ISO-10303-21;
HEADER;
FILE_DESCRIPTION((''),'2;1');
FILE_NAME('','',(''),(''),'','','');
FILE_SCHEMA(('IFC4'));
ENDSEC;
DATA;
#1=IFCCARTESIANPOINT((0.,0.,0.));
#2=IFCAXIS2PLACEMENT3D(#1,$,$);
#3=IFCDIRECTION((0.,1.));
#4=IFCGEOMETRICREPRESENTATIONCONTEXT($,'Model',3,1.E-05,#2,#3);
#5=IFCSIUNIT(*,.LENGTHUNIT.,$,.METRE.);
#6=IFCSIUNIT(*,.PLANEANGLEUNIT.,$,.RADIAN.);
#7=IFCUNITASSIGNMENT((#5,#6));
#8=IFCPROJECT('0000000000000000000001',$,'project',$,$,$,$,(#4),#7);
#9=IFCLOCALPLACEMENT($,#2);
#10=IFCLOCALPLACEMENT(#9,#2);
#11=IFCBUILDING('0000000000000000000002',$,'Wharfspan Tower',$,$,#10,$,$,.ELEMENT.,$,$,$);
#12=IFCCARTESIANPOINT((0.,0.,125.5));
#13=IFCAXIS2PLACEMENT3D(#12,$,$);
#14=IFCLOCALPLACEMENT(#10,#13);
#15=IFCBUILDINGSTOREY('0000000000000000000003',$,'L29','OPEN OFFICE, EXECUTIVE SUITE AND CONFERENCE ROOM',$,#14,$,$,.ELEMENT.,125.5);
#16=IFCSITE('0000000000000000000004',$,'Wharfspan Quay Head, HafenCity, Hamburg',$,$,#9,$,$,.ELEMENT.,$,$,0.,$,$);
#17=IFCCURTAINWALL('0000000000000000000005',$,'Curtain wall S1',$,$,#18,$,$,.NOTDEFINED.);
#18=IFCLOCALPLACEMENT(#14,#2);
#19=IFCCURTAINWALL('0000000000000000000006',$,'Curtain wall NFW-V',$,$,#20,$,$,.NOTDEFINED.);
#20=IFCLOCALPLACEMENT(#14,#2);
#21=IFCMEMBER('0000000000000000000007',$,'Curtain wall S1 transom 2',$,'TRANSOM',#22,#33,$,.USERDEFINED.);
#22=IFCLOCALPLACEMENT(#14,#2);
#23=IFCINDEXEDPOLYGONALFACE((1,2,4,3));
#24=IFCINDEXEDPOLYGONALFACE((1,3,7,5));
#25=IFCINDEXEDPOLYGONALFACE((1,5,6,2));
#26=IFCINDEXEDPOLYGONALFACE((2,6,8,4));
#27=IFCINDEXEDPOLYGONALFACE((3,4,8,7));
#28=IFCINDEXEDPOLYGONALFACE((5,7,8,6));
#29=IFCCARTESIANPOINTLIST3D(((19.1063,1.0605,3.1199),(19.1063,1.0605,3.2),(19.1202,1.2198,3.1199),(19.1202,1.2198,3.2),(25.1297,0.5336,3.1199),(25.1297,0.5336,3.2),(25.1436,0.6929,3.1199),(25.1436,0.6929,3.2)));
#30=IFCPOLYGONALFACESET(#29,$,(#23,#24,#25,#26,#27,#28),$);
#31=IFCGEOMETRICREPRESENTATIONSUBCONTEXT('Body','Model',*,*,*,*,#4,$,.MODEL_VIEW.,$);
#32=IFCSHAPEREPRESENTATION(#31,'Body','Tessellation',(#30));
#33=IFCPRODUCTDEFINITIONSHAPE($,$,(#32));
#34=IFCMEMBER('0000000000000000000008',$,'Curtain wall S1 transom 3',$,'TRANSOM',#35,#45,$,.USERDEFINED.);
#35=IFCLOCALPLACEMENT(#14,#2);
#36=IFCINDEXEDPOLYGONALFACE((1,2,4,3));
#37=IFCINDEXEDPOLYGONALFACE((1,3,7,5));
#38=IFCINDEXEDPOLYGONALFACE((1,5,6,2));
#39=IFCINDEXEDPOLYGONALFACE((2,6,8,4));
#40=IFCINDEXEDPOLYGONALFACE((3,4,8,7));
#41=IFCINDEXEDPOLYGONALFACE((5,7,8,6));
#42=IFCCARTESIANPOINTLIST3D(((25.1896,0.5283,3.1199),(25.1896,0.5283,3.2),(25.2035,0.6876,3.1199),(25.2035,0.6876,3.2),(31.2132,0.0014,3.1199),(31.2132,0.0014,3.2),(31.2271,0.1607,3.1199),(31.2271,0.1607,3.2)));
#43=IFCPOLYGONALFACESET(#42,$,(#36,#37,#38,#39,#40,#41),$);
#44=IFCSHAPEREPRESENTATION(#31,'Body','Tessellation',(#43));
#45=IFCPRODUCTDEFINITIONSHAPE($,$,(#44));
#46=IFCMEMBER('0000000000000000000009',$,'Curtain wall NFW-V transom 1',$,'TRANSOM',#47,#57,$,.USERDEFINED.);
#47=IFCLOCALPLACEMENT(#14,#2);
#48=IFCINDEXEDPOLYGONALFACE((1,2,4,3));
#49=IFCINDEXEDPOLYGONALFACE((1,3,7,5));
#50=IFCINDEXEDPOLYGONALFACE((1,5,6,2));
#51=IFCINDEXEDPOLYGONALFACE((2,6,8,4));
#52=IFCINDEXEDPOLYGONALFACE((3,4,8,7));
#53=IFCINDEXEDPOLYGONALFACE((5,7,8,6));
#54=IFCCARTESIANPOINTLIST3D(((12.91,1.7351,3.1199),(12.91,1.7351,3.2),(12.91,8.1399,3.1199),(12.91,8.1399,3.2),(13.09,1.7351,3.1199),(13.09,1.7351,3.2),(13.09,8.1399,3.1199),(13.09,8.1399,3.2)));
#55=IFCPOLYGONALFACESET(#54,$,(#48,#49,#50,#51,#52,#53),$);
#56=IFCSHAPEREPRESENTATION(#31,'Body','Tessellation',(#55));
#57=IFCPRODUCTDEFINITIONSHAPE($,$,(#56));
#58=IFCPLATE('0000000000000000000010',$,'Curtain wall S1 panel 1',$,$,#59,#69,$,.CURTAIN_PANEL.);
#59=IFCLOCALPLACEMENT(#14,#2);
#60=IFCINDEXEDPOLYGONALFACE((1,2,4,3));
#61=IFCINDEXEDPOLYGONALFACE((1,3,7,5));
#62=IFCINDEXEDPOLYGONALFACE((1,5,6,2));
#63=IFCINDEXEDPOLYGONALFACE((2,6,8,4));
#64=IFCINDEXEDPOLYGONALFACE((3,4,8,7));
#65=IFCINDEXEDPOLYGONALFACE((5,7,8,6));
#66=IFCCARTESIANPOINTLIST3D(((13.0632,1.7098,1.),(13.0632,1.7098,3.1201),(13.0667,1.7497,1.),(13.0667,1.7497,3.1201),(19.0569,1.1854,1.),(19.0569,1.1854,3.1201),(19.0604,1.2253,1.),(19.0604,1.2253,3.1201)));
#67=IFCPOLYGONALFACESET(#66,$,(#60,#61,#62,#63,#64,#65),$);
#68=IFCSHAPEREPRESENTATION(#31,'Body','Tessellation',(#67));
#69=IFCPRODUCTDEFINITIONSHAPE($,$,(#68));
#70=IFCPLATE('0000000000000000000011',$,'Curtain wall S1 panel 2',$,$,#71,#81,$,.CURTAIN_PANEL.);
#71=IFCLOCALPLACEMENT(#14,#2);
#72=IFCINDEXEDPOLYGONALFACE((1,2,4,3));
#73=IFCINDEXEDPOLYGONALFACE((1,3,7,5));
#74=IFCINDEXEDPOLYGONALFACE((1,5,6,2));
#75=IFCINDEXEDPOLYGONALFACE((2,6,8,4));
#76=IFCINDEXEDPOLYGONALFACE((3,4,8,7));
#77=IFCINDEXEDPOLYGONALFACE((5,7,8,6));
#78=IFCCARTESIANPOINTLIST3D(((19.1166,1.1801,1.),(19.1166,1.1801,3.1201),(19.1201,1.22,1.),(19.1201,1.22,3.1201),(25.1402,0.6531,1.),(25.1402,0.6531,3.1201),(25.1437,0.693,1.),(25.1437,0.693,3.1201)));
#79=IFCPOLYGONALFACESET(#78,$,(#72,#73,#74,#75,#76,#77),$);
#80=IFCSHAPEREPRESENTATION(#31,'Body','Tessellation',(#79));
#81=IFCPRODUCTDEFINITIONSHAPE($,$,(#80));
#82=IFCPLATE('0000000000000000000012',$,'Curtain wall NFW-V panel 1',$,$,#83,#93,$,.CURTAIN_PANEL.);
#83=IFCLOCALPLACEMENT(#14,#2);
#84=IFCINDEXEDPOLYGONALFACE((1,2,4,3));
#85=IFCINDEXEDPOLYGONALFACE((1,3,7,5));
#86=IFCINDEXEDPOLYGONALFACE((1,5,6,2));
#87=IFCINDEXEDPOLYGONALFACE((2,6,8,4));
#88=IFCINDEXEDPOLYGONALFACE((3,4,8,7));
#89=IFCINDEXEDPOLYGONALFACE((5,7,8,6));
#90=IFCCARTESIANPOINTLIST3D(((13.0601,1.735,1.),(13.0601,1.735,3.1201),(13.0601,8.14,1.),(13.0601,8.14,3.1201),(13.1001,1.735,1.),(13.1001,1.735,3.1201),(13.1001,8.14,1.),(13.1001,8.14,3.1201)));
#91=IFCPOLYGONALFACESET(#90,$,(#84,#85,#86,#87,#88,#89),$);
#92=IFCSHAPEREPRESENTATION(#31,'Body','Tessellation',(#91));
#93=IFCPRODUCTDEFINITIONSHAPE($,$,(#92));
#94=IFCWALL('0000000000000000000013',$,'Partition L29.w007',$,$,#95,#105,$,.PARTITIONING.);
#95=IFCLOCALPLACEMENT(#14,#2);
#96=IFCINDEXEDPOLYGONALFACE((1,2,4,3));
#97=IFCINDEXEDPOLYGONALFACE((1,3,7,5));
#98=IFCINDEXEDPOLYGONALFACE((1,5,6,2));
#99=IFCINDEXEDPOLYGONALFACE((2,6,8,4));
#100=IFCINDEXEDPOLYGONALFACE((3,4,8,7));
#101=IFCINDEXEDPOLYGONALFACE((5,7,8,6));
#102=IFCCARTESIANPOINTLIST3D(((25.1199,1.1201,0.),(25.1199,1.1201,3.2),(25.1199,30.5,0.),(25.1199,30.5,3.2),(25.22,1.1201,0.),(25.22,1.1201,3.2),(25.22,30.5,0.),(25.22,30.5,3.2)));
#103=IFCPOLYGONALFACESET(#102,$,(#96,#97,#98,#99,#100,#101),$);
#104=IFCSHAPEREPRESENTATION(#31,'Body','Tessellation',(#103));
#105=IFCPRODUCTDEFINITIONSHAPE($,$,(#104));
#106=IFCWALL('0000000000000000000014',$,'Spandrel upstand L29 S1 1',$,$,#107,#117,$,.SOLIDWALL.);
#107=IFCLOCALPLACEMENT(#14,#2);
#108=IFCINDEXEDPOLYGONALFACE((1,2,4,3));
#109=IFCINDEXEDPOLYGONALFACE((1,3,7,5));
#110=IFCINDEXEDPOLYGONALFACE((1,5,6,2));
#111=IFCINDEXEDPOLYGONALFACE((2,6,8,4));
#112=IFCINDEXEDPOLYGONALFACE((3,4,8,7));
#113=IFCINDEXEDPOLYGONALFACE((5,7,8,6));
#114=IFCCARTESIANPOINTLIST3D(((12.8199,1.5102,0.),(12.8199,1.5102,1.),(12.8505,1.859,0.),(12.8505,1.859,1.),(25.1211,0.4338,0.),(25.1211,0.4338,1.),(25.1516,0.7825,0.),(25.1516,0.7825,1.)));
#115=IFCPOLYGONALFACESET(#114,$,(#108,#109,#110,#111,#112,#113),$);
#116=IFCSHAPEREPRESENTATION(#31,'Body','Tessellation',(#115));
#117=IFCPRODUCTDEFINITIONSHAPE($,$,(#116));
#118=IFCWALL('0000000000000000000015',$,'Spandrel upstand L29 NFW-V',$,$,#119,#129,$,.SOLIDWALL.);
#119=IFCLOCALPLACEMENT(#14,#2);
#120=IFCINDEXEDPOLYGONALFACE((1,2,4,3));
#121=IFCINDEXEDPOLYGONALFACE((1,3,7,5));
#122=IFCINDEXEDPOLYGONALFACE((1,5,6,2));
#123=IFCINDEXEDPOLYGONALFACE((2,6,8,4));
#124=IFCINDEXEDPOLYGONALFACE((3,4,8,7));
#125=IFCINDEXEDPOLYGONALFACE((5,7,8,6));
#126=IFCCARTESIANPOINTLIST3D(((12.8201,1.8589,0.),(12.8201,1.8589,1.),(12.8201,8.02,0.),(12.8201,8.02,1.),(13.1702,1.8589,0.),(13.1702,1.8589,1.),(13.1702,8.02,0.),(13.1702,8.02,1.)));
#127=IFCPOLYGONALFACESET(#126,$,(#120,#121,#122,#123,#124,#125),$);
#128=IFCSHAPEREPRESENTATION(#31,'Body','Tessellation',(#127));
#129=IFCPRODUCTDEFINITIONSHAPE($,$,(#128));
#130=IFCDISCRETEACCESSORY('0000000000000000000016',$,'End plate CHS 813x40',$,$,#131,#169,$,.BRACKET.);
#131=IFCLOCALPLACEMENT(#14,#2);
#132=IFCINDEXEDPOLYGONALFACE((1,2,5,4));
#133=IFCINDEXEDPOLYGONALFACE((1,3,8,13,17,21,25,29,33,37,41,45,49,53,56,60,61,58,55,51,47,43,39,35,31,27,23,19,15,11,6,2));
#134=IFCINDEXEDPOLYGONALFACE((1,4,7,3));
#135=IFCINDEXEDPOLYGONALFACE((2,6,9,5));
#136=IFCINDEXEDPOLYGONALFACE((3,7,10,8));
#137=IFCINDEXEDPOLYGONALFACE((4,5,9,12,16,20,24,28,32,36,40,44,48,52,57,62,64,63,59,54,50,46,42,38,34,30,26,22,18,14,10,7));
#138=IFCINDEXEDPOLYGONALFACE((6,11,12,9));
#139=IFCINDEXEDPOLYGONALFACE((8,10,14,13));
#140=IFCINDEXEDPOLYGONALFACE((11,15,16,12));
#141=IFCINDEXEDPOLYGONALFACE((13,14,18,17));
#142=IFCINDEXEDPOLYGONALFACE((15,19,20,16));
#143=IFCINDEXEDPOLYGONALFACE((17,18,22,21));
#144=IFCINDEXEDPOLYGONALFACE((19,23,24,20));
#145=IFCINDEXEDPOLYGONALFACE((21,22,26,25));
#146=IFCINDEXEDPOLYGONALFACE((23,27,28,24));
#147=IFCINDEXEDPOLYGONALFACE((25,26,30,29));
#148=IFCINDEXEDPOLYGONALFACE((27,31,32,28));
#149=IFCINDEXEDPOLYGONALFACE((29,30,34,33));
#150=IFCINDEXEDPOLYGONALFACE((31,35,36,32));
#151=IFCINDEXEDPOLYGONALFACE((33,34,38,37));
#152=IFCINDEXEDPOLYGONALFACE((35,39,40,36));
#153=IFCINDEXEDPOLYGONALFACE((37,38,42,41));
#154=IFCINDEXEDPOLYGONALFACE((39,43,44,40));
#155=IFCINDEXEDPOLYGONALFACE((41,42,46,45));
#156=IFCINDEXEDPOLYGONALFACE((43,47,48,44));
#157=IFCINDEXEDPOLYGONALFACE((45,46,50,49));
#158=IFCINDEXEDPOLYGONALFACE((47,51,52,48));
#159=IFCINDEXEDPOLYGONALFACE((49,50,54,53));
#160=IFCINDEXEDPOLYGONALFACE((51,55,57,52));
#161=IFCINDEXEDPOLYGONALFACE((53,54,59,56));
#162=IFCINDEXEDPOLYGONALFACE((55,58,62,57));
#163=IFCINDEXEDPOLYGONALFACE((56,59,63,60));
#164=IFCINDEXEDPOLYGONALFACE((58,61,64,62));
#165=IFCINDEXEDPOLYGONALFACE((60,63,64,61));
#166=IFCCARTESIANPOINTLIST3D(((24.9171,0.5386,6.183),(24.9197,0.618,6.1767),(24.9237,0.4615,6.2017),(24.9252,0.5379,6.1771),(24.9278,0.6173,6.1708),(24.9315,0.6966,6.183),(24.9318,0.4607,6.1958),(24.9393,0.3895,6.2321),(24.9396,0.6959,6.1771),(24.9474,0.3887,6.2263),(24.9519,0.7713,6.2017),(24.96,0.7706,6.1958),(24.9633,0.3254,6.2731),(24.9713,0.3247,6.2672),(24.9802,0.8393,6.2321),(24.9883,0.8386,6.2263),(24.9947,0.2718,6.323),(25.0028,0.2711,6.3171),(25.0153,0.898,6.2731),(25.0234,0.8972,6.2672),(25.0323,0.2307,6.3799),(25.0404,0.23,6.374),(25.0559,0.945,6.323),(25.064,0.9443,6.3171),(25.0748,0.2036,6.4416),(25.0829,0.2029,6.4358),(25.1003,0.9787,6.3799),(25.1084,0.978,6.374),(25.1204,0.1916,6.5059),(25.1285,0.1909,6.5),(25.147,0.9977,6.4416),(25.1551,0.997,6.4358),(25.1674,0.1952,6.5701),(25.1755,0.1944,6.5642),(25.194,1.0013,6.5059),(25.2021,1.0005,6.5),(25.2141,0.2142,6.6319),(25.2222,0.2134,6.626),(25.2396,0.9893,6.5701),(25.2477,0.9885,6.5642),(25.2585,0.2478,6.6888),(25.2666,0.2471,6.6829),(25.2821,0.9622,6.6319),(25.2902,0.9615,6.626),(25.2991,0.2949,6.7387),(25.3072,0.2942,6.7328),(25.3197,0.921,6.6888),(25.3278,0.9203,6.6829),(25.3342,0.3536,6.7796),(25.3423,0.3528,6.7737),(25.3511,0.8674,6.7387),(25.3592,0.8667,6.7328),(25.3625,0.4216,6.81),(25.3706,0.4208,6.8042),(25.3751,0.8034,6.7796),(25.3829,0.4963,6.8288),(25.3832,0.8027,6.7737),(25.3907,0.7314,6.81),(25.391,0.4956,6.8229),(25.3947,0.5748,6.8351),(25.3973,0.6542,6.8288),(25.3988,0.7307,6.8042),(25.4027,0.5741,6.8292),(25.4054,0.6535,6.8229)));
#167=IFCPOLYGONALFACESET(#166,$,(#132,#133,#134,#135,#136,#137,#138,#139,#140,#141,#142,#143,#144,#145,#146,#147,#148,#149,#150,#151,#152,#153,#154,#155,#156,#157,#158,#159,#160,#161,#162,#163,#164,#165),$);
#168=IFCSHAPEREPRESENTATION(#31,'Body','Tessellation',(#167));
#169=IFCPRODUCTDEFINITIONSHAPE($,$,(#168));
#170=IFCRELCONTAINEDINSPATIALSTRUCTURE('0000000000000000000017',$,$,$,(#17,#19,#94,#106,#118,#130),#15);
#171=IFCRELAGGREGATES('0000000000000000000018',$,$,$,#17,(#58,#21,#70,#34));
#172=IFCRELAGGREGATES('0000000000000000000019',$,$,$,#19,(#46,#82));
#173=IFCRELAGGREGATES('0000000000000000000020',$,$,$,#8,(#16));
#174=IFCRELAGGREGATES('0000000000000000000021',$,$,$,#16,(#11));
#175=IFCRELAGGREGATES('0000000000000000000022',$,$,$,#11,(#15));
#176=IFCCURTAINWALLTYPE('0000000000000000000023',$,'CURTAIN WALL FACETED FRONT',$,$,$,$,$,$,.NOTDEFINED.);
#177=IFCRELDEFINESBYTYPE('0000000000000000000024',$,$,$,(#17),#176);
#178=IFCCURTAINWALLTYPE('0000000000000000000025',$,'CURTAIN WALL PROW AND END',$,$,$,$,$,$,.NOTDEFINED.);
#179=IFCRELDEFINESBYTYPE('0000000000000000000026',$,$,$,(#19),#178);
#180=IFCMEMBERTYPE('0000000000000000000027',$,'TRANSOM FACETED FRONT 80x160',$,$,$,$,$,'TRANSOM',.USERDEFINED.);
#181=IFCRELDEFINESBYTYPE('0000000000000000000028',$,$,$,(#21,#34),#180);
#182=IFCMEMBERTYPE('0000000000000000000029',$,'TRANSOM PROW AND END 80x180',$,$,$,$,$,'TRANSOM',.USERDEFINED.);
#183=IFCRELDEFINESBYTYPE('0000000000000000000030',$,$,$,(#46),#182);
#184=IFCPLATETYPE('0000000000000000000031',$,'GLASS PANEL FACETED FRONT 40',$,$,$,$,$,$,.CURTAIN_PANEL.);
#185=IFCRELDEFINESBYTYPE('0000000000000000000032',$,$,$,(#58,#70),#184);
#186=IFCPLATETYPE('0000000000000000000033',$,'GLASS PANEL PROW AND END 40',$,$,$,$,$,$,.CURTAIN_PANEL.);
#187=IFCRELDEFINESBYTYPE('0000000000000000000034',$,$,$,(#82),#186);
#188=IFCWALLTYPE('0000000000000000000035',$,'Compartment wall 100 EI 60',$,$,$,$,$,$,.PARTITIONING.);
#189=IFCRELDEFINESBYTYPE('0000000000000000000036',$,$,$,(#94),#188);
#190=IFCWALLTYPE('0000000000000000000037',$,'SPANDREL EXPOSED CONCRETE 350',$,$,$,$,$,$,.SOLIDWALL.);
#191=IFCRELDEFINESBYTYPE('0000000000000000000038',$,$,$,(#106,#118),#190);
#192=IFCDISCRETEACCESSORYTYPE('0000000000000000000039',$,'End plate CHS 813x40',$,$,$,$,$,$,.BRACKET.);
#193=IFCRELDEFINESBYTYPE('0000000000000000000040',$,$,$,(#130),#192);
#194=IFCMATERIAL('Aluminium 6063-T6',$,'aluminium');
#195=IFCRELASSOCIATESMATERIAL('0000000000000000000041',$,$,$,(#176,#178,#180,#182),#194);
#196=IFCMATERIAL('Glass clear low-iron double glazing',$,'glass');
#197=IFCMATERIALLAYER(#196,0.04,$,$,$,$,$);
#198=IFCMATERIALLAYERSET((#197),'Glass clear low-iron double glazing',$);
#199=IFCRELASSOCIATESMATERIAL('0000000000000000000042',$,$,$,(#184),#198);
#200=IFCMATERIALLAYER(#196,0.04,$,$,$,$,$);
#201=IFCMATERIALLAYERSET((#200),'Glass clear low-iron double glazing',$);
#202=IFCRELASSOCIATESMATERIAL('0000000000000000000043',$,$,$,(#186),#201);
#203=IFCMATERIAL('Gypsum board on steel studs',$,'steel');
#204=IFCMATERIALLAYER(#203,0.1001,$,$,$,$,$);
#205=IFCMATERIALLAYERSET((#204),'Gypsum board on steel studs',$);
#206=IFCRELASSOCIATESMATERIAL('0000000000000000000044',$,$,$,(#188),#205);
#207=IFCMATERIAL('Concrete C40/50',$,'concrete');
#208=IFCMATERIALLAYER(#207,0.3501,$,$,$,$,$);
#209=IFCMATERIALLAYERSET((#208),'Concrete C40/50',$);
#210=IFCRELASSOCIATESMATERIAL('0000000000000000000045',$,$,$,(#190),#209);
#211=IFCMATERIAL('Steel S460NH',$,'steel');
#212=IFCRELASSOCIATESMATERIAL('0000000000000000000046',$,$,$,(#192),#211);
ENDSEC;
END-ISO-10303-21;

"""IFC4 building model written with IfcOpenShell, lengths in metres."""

from ifc_helpers import new_model, si_unit, direction, frame, frame_2d, origin, origin_2d, place, context, subcontext, project, spatial, rectangle, circle, extrude, material, layer, layer_set, material_profile, profile_set, type_object, element, aggregate, save


model = new_model("IFC4")

# Units and contexts
model_context = context("Model", 3, precision=1e-05, world=origin(), true_north=direction((0.0, 1.0)))
body_context = subcontext(model_context, "Body", "Model", "MODEL_VIEW")
ifc_project = project(units=[si_unit("LENGTHUNIT", "METRE"), si_unit("PLANEANGLEUNIT", "RADIAN")], contexts=[model_context])

# Site, building, storey
site_placement = place(None, origin())
site = spatial("IfcSite", under=ifc_project, at=site_placement, Name="Wharfspan Quay Head, HafenCity, Hamburg", CompositionType="ELEMENT", RefElevation=0.0)
building_placement = place(site_placement, origin())
building = spatial("IfcBuilding", under=site, at=building_placement, Name="Wharfspan Tower", CompositionType="ELEMENT")
storey_placement = place(building_placement, frame((0.0, 0.0, 125.5)))
storey = spatial("IfcBuildingStorey", under=building, at=storey_placement, Name="L29", Description="OPEN OFFICE, EXECUTIVE SUITE AND CONFERENCE ROOM", CompositionType="ELEMENT", Elevation=125.5)

# Curtain wall
ifc_material_1 = material(Name="Aluminium 6063-T6", Category="aluminium")
curtain_wall_type_1 = type_object("IfcCurtainWallType", Name="CURTAIN WALL FACETED FRONT", PredefinedType="NOTDEFINED", material=ifc_material_1)
curtain_wall_1_placement = place(storey_placement, origin())
curtain_wall_1 = element("IfcCurtainWall", 1, at=curtain_wall_1_placement, inside=storey, type_object=curtain_wall_type_1, Name="Curtain wall S1", PredefinedType="NOTDEFINED")

# Shared definitions
curtain_wall_type_2 = type_object("IfcCurtainWallType", Name="CURTAIN WALL PROW AND END", PredefinedType="NOTDEFINED", material=ifc_material_1)

# Curtain wall
curtain_wall_2_placement = place(storey_placement, origin())
curtain_wall_2 = element("IfcCurtainWall", 2, at=curtain_wall_2_placement, inside=storey, type_object=curtain_wall_type_2, Name="Curtain wall NFW-V", PredefinedType="NOTDEFINED")

# Members
ifc_material_profile_1 = material_profile(ifc_material_1, rectangle(XDim=0.1599, YDim=0.0801, at=origin_2d()))
ifc_profile_set_1 = profile_set([ifc_material_profile_1], Name="Aluminium 6063-T6")
member_type_1 = type_object("IfcMemberType", Name="TRANSOM FACETED FRONT 80x160", ElementType="TRANSOM", PredefinedType="USERDEFINED", material=ifc_profile_set_1)
member_1_placement = place(storey_placement, frame((19.1133, 1.1401, 3.1599), z_axis=(0.996197, -0.087135, 0.0), x_axis=(0.087135, 0.996197, 0.0)))
member_1 = element("IfcMember", 3, at=member_1_placement, type_object=member_type_1, Name="Curtain wall S1 transom 2", ObjectType="TRANSOM", PredefinedType="USERDEFINED", context=body_context, shape_type="SweptSolid", body=[
    extrude(rectangle(XDim=0.1599, YDim=0.0801, at=origin_2d()), origin(), (0.0, 0.0, 1.0), 6.0464),
])
member_2_placement = place(storey_placement, frame((25.1965, 0.6079, 3.1599), z_axis=(0.996197, -0.087131, 0.0), x_axis=(0.087131, 0.996197, 0.0)))
member_2 = element("IfcMember", 4, at=member_2_placement, type_object=member_type_1, Name="Curtain wall S1 transom 3", ObjectType="TRANSOM", PredefinedType="USERDEFINED", context=body_context, shape_type="SweptSolid", body=[
    extrude(rectangle(XDim=0.1599, YDim=0.0801, at=origin_2d()), origin(), (0.0, 0.0, 1.0), 6.0466),
])
ifc_material_profile_2 = material_profile(ifc_material_1, rectangle(XDim=0.1799, YDim=0.0801, at=origin_2d()))
ifc_profile_set_2 = profile_set([ifc_material_profile_2], Name="Aluminium 6063-T6")
member_type_2 = type_object("IfcMemberType", Name="TRANSOM PROW AND END 80x180", ElementType="TRANSOM", PredefinedType="USERDEFINED", material=ifc_profile_set_2)
member_3_placement = place(storey_placement, frame((13.0, 8.1399, 3.1599), z_axis=(0.0, -1.0, 0.0), x_axis=(1.0, 0.0, 0.0)))
member_3 = element("IfcMember", 5, at=member_3_placement, type_object=member_type_2, Name="Curtain wall NFW-V transom 1", ObjectType="TRANSOM", PredefinedType="USERDEFINED", context=body_context, shape_type="SweptSolid", body=[
    extrude(rectangle(XDim=0.1799, YDim=0.0801, at=origin_2d()), origin(), (0.0, 0.0, 1.0), 6.4048),
])

# Plates
ifc_material_2 = material(Name="Glass clear low-iron double glazing", Category="glass")
ifc_layer_1 = layer(ifc_material_2, 0.04)
ifc_layer_set_1 = layer_set([ifc_layer_1], Name="Glass clear low-iron double glazing")
plate_type_1 = type_object("IfcPlateType", Name="GLASS PANEL FACETED FRONT 40", PredefinedType="CURTAIN_PANEL", material=ifc_layer_set_1)
plate_1_placement = place(storey_placement, frame((16.0618, 1.4675, 1.0), z_axis=(0.0, 0.0, 1.0), x_axis=(0.996198, -0.087156, 0.0)))
plate_1 = element("IfcPlate", 6, at=plate_1_placement, type_object=plate_type_1, Name="Curtain wall S1 panel 1", PredefinedType="CURTAIN_PANEL", context=body_context, shape_type="SweptSolid", body=[
    extrude(rectangle(XDim=6.0166, YDim=0.04, at=origin_2d()), origin(), (0.0, 0.0, 1.0), 2.1201),
])
plate_2_placement = place(storey_placement, frame((22.1301, 0.9365, 1.0), z_axis=(0.0, 0.0, 1.0), x_axis=(0.996198, -0.087156, 0.0)))
plate_2 = element("IfcPlate", 7, at=plate_2_placement, type_object=plate_type_1, Name="Curtain wall S1 panel 2", PredefinedType="CURTAIN_PANEL", context=body_context, shape_type="SweptSolid", body=[
    extrude(rectangle(XDim=6.0466, YDim=0.04, at=origin_2d()), origin(), (0.0, 0.0, 1.0), 2.1201),
])
aggregate(curtain_wall_1, [plate_1, member_1, plate_2, member_2])
ifc_layer_2 = layer(ifc_material_2, 0.04)
ifc_layer_set_2 = layer_set([ifc_layer_2], Name="Glass clear low-iron double glazing")
plate_type_2 = type_object("IfcPlateType", Name="GLASS PANEL PROW AND END 40", PredefinedType="CURTAIN_PANEL", material=ifc_layer_set_2)
plate_3_placement = place(storey_placement, frame((13.0801, 4.9375, 1.0), z_axis=(0.0, 0.0, 1.0), x_axis=(0.0, -1.0, 0.0)))
plate_3 = element("IfcPlate", 8, at=plate_3_placement, type_object=plate_type_2, Name="Curtain wall NFW-V panel 1", PredefinedType="CURTAIN_PANEL", context=body_context, shape_type="SweptSolid", body=[
    extrude(rectangle(XDim=6.405, YDim=0.04, at=origin_2d()), origin(), (0.0, 0.0, 1.0), 2.1201),
])
aggregate(curtain_wall_2, [member_3, plate_3])

# Walls
ifc_material_3 = material(Name="Gypsum board on steel studs", Category="steel")
ifc_layer_3 = layer(ifc_material_3, 0.1001)
ifc_layer_set_3 = layer_set([ifc_layer_3], Name="Gypsum board on steel studs")
wall_type_1 = type_object("IfcWallType", Name="Compartment wall 100 EI 60", PredefinedType="PARTITIONING", material=ifc_layer_set_3)
wall_1_placement = place(storey_placement, frame((25.1699, 1.1201, 0.0), z_axis=(0.0, 0.0, 1.0), x_axis=(0.0, 1.0, 0.0)))
element("IfcWall", 9, at=wall_1_placement, inside=storey, type_object=wall_type_1, Name="Partition L29.w007", PredefinedType="PARTITIONING", context=body_context, shape_type="SweptSolid", body=[
    extrude(rectangle(XDim=29.3799, YDim=0.1001, at=frame_2d((14.6899, 0.0))), origin(), (0.0, 0.0, 1.0), 3.2),
])
ifc_material_4 = material(Name="Concrete C40/50", Category="concrete")
ifc_layer_4 = layer(ifc_material_4, 0.3501)
ifc_layer_set_4 = layer_set([ifc_layer_4], Name="Concrete C40/50")
wall_type_2 = type_object("IfcWallType", Name="SPANDREL EXPOSED CONCRETE 350", PredefinedType="SOLIDWALL", material=ifc_layer_set_4)
wall_2_placement = place(storey_placement, frame((12.8352, 1.6846, 0.0), z_axis=(0.0, 0.0, 1.0), x_axis=(0.996192, -0.087173, 0.0)))
element("IfcWall", 10, at=wall_2_placement, inside=storey, type_object=wall_type_2, Name="Spandrel upstand L29 S1 1", PredefinedType="SOLIDWALL", context=body_context, shape_type="SweptSolid", body=[
    extrude(rectangle(XDim=12.3481, YDim=0.3501, at=frame_2d((6.1741, 0.0))), origin(), (0.0, 0.0, 1.0), 1.0),
])
wall_3_placement = place(storey_placement, frame((12.9951, 8.02, 0.0), z_axis=(0.0, 0.0, 1.0), x_axis=(0.0, -1.0, 0.0)))
element("IfcWall", 11, at=wall_3_placement, inside=storey, type_object=wall_type_2, Name="Spandrel upstand L29 NFW-V", PredefinedType="SOLIDWALL", context=body_context, shape_type="SweptSolid", body=[
    extrude(rectangle(XDim=6.1611, YDim=0.3501, at=frame_2d((3.0806, 0.0))), origin(), (0.0, 0.0, 1.0), 1.0),
])

# Discrete accessory
ifc_material_5 = material(Name="Steel S460NH", Category="steel")
ifc_material_profile_3 = material_profile(ifc_material_5, circle(Radius=0.4065, at=origin_2d()))
ifc_profile_set_3 = profile_set([ifc_material_profile_3], Name="Steel S460NH")
discrete_accessory_type = type_object("IfcDiscreteAccessoryType", Name="End plate CHS 813x40", PredefinedType="BRACKET", material=ifc_profile_set_3)
discrete_accessory_placement = place(storey_placement, frame((25.1653, 0.5957, 6.5), z_axis=(-0.806559, 0.073324, 0.586588), x_axis=(-0.090536, -0.99589, 0.0)))
element("IfcDiscreteAccessory", 12, at=discrete_accessory_placement, inside=storey, type_object=discrete_accessory_type, Name="End plate CHS 813x40", PredefinedType="BRACKET", context=body_context, shape_type="SweptSolid", body=[
    extrude(circle(Radius=0.4065, at=origin_2d()), origin(), (0.0, 0.0, 1.0), 0.01),
])

save(model, "model.ifc")
